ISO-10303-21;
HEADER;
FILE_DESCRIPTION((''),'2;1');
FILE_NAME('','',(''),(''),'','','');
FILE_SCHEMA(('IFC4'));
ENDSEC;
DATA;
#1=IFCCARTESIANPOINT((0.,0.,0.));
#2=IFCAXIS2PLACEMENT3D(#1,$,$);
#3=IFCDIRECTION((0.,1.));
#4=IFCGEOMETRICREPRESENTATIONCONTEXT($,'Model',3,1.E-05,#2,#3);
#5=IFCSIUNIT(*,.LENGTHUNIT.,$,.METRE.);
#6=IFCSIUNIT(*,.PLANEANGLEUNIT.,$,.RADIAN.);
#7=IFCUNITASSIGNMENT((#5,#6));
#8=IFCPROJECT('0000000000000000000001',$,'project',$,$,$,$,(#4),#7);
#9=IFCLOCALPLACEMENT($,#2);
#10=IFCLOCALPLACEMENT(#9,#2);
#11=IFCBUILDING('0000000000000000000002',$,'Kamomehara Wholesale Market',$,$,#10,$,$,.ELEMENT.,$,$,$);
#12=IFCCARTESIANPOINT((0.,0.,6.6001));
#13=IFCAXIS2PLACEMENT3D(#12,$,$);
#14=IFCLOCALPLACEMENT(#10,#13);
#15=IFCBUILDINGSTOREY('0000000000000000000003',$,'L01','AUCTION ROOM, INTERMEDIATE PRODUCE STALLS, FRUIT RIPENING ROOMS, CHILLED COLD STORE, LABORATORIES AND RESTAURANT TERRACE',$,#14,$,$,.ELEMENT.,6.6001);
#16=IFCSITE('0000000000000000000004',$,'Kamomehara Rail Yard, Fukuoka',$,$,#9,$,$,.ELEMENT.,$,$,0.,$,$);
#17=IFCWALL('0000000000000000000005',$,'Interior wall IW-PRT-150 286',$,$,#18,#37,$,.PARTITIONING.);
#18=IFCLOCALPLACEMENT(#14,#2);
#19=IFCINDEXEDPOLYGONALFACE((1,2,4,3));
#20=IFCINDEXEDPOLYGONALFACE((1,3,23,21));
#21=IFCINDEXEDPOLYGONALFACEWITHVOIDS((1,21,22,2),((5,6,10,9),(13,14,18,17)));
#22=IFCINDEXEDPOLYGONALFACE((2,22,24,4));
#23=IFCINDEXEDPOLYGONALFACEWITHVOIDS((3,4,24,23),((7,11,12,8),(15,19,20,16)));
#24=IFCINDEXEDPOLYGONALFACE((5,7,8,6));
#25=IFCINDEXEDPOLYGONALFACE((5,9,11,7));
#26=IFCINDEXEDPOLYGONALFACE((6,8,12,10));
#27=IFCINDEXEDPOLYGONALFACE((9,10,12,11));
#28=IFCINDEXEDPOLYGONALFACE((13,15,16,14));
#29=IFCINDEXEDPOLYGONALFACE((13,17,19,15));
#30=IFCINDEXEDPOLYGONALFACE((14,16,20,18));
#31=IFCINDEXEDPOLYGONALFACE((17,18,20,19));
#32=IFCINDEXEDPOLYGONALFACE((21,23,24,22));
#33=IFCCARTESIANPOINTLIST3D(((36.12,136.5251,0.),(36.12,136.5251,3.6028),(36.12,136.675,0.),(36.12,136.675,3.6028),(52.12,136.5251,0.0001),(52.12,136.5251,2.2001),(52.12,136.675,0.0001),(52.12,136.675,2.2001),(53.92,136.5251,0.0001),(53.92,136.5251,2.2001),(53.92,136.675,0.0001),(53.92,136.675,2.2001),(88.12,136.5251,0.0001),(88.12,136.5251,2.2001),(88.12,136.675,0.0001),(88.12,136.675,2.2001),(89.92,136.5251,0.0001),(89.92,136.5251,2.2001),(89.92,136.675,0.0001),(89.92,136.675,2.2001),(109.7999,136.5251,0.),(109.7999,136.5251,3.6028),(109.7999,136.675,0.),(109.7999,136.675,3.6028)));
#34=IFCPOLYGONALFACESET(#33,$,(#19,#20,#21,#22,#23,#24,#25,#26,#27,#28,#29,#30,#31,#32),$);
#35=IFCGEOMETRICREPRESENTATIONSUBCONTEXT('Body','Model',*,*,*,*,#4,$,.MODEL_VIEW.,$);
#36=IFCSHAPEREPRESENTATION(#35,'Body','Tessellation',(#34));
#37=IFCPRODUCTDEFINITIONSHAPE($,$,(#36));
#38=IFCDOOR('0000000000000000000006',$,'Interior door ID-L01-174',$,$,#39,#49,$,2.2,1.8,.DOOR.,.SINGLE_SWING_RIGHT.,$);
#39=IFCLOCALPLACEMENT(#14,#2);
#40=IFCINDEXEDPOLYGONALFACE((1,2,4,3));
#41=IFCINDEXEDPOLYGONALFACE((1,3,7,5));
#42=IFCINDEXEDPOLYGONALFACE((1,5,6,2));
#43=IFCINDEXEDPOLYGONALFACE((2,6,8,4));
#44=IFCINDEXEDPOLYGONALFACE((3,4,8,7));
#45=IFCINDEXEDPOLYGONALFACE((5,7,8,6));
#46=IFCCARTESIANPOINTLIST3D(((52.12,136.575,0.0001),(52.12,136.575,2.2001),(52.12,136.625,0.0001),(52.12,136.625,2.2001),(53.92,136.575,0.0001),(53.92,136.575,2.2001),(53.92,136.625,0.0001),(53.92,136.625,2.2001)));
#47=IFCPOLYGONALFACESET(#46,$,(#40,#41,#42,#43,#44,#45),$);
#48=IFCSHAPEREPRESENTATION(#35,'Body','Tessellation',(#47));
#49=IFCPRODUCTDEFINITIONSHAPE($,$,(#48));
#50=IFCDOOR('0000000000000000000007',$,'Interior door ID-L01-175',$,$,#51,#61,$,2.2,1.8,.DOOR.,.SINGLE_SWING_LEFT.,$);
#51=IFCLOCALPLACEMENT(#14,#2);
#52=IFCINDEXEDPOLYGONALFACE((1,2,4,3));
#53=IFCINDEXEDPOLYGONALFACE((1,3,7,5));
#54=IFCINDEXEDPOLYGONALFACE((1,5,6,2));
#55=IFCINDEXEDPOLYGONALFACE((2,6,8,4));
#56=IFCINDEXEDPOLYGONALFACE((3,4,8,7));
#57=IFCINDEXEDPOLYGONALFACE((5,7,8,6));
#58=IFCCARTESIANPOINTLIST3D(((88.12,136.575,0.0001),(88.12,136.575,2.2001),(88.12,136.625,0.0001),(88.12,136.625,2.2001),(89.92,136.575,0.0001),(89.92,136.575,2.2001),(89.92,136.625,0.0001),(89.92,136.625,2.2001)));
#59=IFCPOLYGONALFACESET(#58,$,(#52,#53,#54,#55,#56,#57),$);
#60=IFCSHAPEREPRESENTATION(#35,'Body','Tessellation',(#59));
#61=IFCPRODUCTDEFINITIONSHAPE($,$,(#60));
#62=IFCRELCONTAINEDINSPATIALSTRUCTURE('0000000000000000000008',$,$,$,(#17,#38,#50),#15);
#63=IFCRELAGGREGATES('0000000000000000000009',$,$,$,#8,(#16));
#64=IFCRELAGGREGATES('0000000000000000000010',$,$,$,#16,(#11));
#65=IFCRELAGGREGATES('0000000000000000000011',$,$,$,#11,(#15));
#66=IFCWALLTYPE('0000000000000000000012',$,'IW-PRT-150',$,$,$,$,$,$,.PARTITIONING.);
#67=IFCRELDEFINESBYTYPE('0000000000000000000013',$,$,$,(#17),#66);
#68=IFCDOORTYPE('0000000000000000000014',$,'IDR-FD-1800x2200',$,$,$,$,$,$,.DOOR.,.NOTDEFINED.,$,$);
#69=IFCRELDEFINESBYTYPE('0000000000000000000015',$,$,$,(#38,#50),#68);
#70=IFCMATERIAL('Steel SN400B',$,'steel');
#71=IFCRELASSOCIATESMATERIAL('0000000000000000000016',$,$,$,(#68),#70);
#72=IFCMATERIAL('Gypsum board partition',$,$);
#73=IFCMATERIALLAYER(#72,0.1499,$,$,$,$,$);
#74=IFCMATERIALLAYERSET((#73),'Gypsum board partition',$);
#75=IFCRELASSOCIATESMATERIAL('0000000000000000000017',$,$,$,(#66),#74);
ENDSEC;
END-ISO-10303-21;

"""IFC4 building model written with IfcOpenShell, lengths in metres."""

from ifc_helpers import new_model, si_unit, direction, frame, frame_2d, origin, place, context, subcontext, project, spatial, rectangle, extrude, material, layer, layer_set, type_object, element, fill, save


model = new_model("IFC4")

# Units and contexts
model_context = context("Model", 3, precision=1e-05, world=origin(), true_north=direction((0.0, 1.0)))
body_context = subcontext(model_context, "Body", "Model", "MODEL_VIEW")
ifc_project = project(units=[si_unit("LENGTHUNIT", "METRE"), si_unit("PLANEANGLEUNIT", "RADIAN")], contexts=[model_context])

# Site, building, storey
site_placement = place(None, origin())
site = spatial("IfcSite", under=ifc_project, at=site_placement, Name="Kamomehara Rail Yard, Fukuoka", CompositionType="ELEMENT", RefElevation=0.0)
building_placement = place(site_placement, origin())
building = spatial("IfcBuilding", under=site, at=building_placement, Name="Kamomehara Wholesale Market", CompositionType="ELEMENT")
storey_placement = place(building_placement, frame((0.0, 0.0, 6.6001)))
storey = spatial("IfcBuildingStorey", under=building, at=storey_placement, Name="L01", Description="AUCTION ROOM, INTERMEDIATE PRODUCE STALLS, FRUIT RIPENING ROOMS, CHILLED COLD STORE, LABORATORIES AND RESTAURANT TERRACE", CompositionType="ELEMENT", Elevation=6.6001)

# Shared definitions
ifc_material_1 = material(Name="Steel SN400B", Category="steel")
door_type = type_object("IfcDoorType", Name="IDR-FD-1800x2200", OperationType="NOTDEFINED", PredefinedType="DOOR", material=ifc_material_1)

# Wall, openings, doors
ifc_material_2 = material(Name="Gypsum board partition")
ifc_layer_1 = layer(ifc_material_2, 0.1499)
ifc_layer_set_1 = layer_set([ifc_layer_1], Name="Gypsum board partition")
wall_type_1 = type_object("IfcWallType", Name="IW-PRT-150", PredefinedType="PARTITIONING", material=ifc_layer_set_1)
wall_1_placement = place(storey_placement, frame((36.1201, 136.6001, 0.0), z_axis=(0.0, 0.0, 1.0), x_axis=(1.0, 0.0, 0.0)))
wall_1 = element("IfcWall", 1, at=wall_1_placement, inside=storey, type_object=wall_type_1, Name="Interior wall IW-PRT-150 286", PredefinedType="PARTITIONING", context=body_context, shape_type="SweptSolid", body=[
    extrude(rectangle(XDim=73.6799, YDim=0.1499, at=frame_2d((36.8398, 0.0))), origin(), (0.0, 0.0, 1.0), 3.6028),
])
opening_1_placement = place(wall_1_placement, frame((16.0, 0.0, 0.0)))
opening_1 = element("IfcOpeningElement", 2, at=opening_1_placement, cuts=wall_1, PredefinedType="OPENING", context=body_context, shape_type="SweptSolid", body=[
    extrude(rectangle(XDim=1.8, YDim=2.2, at=frame_2d((0.8999, 1.1001))), frame((0.0, 0.0898, 0.0), z_axis=(0.0, -1.0, 0.0), x_axis=(1.0, 0.0, 0.0)), (0.0, 0.0, 1.0), 0.1797),
])
opening_2_placement = place(wall_1_placement, frame((52.0, 0.0, 0.0)))
opening_2 = element("IfcOpeningElement", 3, at=opening_2_placement, cuts=wall_1, PredefinedType="OPENING", context=body_context, shape_type="SweptSolid", body=[
    extrude(rectangle(XDim=1.8, YDim=2.2, at=frame_2d((0.8999, 1.1001))), frame((0.0, 0.0898, 0.0), z_axis=(0.0, -1.0, 0.0), x_axis=(1.0, 0.0, 0.0)), (0.0, 0.0, 1.0), 0.1797),
])
door_1_placement = place(opening_1_placement, origin())
door_1 = element("IfcDoor", 4, at=door_1_placement, inside=storey, type_object=door_type, Name="Interior door ID-L01-174", OperationType="SINGLE_SWING_RIGHT", OverallHeight=2.2, OverallWidth=1.8, PredefinedType="DOOR", context=body_context, shape_type="SweptSolid", body=[
    extrude(rectangle(XDim=1.8, YDim=2.2, at=frame_2d((0.8999, 1.1001))), frame((0.0, 0.0249, 0.0), z_axis=(0.0, -1.0, 0.0), x_axis=(1.0, 0.0, 0.0)), (0.0, 0.0, 1.0), 0.05),
])
fill(opening_1, door_1)
door_2_placement = place(opening_2_placement, origin())
door_2 = element("IfcDoor", 5, at=door_2_placement, inside=storey, type_object=door_type, Name="Interior door ID-L01-175", OperationType="SINGLE_SWING_LEFT", OverallHeight=2.2, OverallWidth=1.8, PredefinedType="DOOR", context=body_context, shape_type="SweptSolid", body=[
    extrude(rectangle(XDim=1.8, YDim=2.2, at=frame_2d((0.8999, 1.1001))), frame((0.0, 0.0249, 0.0), z_axis=(0.0, -1.0, 0.0), x_axis=(1.0, 0.0, 0.0)), (0.0, 0.0, 1.0), 0.05),
])
fill(opening_2, door_2)

save(model, "model.ifc")
